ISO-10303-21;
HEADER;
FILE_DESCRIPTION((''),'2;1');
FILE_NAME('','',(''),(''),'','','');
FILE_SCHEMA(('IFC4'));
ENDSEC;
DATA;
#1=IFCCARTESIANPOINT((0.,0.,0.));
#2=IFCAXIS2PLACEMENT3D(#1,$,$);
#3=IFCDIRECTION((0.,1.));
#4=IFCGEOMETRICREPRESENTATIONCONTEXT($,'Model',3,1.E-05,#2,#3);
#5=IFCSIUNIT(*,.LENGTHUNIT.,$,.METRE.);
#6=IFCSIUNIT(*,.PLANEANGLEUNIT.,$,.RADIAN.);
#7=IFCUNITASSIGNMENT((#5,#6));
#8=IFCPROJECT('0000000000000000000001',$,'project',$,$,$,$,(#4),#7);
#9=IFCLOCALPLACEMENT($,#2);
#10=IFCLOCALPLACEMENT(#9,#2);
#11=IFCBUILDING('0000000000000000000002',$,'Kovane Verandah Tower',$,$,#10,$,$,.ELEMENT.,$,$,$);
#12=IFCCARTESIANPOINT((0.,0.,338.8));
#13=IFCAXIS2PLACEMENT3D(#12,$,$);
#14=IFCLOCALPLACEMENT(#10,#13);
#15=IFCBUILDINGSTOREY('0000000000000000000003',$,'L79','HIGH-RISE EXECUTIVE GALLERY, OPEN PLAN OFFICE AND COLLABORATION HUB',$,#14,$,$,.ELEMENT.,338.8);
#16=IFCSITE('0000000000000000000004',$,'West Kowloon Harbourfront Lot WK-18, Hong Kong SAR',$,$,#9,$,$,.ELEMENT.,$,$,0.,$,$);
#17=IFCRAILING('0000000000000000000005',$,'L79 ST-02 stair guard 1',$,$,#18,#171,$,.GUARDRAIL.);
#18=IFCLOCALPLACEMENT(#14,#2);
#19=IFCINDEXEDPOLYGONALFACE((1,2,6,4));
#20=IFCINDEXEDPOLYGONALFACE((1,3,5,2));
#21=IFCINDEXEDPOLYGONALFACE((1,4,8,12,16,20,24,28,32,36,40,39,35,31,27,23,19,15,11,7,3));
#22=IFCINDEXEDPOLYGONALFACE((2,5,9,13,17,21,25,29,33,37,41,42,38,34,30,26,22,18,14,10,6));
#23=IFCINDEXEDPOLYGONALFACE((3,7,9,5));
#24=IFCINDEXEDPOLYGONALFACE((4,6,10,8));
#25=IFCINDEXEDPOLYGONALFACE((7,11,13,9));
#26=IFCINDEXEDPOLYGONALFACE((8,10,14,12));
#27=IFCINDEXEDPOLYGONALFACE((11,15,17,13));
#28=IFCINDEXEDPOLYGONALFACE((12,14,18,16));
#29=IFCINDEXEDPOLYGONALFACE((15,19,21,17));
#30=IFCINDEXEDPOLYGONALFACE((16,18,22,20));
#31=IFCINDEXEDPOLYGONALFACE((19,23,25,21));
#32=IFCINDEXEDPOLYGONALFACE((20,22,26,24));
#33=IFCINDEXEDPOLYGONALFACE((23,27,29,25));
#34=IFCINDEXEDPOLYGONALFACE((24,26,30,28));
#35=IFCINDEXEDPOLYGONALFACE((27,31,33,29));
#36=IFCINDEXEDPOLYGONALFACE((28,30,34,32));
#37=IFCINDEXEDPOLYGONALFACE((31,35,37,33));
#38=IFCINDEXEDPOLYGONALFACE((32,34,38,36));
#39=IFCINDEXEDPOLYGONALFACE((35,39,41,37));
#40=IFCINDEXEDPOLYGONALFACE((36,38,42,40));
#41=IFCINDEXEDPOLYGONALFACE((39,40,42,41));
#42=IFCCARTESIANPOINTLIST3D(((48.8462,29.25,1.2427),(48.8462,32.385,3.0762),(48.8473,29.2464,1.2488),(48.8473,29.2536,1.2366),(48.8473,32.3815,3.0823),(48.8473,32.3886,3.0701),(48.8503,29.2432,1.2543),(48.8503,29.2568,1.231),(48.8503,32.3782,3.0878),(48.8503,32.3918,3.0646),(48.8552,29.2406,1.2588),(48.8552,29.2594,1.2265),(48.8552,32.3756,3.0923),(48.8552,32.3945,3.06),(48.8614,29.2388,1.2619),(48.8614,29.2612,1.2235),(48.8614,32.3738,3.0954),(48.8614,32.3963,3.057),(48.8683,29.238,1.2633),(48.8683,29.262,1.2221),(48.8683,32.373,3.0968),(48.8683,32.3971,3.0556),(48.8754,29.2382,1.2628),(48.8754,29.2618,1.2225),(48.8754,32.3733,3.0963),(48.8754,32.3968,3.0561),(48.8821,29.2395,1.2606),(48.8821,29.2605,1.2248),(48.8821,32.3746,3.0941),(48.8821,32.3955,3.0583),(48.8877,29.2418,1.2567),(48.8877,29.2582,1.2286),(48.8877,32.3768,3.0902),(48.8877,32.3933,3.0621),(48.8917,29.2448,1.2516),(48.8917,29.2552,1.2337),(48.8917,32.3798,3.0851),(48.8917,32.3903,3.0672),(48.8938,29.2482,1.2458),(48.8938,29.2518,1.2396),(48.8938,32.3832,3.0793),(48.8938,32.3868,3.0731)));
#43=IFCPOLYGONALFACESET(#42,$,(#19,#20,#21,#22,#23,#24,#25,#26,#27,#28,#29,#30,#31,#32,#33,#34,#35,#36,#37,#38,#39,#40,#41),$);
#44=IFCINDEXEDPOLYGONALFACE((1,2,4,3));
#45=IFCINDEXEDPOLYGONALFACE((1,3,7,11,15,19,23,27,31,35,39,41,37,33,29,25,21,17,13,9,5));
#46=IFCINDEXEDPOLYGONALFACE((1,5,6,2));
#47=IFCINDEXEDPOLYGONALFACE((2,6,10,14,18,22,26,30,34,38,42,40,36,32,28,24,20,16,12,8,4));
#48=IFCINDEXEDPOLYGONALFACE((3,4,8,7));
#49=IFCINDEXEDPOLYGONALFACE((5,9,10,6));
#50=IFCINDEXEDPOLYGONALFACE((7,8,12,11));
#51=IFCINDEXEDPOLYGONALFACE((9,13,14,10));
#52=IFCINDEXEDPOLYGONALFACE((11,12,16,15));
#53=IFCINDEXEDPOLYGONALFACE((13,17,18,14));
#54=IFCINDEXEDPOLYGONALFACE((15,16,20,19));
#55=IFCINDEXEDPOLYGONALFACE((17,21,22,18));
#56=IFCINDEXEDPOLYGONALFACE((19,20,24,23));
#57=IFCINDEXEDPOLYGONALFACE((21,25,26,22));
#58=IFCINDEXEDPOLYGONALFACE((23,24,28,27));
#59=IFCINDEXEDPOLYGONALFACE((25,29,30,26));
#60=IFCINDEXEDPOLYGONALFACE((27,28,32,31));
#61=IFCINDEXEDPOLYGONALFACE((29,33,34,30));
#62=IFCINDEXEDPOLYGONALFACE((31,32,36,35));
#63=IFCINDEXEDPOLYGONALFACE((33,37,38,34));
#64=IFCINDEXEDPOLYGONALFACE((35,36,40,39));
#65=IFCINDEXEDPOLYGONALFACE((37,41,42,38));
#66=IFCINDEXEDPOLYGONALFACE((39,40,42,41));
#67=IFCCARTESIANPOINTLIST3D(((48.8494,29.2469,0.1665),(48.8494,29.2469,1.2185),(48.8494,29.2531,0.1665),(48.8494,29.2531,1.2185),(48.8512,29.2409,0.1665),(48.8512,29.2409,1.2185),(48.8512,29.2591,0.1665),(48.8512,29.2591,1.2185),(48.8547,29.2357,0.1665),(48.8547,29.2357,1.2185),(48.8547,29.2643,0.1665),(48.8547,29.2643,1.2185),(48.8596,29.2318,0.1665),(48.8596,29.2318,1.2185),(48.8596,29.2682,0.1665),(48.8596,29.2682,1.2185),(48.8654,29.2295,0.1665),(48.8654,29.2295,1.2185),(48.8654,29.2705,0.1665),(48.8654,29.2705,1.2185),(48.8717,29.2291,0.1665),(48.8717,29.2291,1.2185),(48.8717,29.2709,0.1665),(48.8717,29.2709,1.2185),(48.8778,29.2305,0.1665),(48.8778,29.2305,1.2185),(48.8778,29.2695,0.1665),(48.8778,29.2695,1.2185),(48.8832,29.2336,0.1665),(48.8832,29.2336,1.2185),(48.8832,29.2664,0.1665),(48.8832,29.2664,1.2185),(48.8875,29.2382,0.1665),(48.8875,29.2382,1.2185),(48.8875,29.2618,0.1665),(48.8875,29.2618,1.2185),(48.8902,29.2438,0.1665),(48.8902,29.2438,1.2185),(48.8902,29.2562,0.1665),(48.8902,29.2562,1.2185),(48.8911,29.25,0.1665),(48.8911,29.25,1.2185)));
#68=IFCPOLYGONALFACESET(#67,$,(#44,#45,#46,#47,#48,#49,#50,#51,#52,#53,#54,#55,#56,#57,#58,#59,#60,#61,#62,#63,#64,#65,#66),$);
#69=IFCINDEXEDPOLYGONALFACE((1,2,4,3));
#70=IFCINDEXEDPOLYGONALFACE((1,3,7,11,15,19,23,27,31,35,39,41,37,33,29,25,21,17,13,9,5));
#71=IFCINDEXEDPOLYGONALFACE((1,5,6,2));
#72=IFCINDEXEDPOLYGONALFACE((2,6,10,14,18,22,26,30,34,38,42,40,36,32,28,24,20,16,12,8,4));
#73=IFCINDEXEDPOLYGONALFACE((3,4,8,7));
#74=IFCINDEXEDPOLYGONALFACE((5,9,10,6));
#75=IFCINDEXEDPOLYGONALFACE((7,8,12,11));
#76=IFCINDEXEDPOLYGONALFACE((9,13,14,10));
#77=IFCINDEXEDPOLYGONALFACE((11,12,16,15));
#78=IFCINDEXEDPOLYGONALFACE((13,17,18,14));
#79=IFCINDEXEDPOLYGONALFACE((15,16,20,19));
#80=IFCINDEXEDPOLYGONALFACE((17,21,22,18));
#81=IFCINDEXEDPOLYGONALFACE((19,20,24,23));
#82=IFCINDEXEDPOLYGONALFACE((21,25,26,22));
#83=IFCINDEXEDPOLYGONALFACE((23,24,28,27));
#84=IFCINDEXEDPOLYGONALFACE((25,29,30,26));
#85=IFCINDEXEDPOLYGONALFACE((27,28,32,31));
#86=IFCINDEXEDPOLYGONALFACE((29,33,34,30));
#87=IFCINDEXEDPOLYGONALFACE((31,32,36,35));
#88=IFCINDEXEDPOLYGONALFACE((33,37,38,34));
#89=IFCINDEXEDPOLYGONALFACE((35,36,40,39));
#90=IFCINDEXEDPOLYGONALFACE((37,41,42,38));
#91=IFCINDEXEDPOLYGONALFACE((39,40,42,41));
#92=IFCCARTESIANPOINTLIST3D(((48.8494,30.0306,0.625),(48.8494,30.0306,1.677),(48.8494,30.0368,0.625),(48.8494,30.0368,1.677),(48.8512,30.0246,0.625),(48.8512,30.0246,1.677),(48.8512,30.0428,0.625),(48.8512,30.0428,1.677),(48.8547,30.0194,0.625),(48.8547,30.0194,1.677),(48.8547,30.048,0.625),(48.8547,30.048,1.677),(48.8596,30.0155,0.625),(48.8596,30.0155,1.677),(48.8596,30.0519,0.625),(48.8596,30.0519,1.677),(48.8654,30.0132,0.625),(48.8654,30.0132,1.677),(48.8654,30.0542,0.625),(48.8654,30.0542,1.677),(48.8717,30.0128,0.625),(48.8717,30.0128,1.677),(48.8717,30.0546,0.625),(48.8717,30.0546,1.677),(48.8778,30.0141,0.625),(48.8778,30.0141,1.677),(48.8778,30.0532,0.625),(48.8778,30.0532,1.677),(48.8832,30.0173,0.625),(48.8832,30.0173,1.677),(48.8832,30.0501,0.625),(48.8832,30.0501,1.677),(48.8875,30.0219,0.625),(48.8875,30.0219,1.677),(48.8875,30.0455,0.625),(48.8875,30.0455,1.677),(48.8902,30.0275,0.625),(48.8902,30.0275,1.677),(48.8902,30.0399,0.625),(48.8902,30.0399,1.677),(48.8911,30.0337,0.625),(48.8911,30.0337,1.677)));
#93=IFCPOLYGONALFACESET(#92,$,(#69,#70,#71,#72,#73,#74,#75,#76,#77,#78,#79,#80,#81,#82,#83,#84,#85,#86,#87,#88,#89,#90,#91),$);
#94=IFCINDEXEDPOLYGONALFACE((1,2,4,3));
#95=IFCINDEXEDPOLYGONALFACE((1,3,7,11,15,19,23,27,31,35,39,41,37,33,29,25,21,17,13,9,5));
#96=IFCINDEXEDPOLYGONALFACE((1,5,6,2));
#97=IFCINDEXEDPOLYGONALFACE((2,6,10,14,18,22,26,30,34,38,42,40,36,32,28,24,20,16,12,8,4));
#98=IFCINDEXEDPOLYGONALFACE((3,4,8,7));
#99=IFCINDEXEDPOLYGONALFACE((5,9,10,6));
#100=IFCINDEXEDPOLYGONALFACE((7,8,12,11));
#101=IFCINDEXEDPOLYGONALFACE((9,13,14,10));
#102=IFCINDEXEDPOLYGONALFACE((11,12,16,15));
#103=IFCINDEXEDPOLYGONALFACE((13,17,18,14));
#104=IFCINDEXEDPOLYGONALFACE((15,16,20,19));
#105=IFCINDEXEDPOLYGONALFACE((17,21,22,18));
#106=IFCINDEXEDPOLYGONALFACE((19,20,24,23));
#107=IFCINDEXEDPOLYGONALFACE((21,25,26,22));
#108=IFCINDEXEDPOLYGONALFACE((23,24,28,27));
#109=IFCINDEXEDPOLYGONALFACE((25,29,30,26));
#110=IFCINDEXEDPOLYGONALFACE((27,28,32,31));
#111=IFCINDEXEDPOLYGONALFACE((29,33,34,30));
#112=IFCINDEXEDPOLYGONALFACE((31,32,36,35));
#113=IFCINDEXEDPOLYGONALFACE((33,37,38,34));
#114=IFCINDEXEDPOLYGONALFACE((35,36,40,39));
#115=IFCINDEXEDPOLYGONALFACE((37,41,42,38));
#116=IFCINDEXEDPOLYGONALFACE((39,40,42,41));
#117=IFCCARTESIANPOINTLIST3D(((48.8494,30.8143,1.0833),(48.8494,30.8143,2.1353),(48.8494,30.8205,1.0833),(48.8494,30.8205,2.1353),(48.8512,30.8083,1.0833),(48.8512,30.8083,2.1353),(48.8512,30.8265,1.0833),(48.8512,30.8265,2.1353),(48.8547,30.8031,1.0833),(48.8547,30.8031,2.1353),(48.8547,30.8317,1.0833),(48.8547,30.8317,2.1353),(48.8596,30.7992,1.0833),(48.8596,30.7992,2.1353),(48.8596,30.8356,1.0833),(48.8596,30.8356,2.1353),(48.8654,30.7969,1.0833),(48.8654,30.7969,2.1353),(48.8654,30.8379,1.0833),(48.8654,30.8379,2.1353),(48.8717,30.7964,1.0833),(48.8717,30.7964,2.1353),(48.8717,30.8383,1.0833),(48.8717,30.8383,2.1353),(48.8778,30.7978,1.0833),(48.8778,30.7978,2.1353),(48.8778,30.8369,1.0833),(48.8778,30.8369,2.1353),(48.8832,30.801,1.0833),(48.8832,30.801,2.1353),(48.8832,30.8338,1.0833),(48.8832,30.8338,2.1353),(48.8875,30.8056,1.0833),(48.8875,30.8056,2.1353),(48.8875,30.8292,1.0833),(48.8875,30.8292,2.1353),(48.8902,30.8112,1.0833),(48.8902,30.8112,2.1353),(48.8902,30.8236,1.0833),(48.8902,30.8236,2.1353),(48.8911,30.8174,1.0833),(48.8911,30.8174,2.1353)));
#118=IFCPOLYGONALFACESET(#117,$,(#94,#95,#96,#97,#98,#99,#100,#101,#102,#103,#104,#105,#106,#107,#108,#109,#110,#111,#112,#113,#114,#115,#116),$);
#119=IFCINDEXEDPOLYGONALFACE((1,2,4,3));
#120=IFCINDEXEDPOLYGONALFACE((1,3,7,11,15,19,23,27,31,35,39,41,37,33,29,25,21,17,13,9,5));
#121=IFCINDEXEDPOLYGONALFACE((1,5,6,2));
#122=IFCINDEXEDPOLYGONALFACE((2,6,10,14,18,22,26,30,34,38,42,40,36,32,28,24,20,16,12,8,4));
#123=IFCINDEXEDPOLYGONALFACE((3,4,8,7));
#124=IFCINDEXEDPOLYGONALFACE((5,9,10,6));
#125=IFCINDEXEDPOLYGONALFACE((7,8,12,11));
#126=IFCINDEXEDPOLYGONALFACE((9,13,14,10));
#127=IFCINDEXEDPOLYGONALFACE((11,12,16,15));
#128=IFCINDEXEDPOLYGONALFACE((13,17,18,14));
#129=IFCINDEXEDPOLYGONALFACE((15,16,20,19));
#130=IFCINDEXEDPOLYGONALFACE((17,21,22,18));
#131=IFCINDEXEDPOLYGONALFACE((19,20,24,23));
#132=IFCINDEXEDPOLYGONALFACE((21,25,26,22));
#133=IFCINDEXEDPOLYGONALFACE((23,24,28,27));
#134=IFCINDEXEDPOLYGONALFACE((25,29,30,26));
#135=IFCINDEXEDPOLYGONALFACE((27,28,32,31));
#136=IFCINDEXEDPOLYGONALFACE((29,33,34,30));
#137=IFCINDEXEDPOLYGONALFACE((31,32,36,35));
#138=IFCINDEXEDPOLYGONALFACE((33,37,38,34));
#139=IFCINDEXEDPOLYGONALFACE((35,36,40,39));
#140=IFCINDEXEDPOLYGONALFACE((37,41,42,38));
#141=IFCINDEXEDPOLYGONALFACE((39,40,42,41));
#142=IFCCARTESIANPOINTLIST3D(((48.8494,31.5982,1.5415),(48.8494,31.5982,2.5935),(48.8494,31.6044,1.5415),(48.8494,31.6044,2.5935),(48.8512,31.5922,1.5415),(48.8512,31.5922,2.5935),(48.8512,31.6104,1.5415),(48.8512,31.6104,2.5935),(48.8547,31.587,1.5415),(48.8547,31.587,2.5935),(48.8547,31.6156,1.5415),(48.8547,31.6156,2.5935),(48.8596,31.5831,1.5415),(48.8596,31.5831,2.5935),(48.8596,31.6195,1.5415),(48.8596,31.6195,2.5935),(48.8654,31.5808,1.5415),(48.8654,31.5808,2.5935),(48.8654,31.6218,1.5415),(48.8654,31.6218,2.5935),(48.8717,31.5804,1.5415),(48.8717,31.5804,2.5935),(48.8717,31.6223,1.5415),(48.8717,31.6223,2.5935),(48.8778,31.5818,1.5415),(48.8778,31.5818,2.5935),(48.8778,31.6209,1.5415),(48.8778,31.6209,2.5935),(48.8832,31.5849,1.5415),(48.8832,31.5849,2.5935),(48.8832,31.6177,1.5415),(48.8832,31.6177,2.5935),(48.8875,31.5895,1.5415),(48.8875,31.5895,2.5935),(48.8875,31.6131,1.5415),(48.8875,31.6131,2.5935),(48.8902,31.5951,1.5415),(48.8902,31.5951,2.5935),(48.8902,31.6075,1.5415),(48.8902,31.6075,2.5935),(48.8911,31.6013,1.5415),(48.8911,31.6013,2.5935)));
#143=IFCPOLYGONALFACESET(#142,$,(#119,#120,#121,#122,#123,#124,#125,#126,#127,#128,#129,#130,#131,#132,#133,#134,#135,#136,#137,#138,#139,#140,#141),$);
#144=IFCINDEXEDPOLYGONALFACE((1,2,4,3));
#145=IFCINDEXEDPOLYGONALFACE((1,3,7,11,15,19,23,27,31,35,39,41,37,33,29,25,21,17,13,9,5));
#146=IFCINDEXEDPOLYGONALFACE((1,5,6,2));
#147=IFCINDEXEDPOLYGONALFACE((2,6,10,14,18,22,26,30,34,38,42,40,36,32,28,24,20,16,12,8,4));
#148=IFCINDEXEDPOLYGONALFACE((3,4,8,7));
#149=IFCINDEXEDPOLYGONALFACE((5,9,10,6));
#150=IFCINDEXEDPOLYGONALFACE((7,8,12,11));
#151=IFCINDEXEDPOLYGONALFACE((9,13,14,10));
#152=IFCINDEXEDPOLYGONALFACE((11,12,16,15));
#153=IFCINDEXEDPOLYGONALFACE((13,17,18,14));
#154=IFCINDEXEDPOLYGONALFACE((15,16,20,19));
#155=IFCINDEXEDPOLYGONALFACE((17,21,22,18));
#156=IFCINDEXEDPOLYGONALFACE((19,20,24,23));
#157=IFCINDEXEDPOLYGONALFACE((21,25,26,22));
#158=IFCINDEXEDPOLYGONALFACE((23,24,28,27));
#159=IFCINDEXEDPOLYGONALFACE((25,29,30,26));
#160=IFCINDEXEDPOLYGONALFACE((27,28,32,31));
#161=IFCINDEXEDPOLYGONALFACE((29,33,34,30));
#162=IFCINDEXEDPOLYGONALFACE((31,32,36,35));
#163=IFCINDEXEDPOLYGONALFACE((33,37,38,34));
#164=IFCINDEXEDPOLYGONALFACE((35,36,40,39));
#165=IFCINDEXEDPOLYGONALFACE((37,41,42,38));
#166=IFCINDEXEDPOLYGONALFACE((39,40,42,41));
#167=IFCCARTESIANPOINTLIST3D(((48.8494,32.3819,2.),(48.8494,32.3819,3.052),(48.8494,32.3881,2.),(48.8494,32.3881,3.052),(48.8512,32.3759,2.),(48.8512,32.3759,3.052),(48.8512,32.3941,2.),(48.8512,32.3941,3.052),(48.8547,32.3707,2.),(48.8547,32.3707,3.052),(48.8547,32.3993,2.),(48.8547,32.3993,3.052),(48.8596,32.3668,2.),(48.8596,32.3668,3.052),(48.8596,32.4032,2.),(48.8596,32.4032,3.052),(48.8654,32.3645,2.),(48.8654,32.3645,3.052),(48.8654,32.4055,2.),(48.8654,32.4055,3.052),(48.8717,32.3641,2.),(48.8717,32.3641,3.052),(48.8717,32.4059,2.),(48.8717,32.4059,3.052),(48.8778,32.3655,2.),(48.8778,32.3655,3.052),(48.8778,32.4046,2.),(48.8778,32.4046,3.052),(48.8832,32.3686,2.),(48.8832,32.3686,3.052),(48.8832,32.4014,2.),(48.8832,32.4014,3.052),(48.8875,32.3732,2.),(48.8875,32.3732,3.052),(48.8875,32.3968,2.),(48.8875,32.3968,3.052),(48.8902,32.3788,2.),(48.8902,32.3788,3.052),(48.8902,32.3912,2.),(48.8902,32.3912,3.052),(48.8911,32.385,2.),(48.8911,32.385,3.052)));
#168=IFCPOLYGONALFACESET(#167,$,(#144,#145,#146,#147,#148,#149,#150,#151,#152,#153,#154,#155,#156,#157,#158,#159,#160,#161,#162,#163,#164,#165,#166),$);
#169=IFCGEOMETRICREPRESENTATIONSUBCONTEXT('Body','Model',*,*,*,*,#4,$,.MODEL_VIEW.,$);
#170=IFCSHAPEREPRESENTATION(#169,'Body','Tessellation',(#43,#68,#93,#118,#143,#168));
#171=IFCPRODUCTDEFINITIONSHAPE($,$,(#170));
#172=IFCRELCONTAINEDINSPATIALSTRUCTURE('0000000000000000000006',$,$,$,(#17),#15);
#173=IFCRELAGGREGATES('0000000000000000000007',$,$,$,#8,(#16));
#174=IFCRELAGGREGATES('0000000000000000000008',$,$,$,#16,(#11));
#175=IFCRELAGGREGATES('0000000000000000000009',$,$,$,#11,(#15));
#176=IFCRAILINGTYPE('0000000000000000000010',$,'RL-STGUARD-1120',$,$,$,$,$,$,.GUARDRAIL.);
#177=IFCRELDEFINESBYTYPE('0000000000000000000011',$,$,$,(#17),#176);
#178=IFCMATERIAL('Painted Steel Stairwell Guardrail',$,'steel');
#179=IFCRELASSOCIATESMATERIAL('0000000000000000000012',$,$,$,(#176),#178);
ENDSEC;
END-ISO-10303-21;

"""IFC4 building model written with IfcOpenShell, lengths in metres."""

from ifc_helpers import new_model, si_unit, direction, frame, origin, origin_2d, place, context, subcontext, project, spatial, circle, extrude, material, type_object, element, save


model = new_model("IFC4")

# Units and contexts
model_context = context("Model", 3, precision=1e-05, world=origin(), true_north=direction((0.0, 1.0)))
body_context = subcontext(model_context, "Body", "Model", "MODEL_VIEW")
ifc_project = project(units=[si_unit("LENGTHUNIT", "METRE"), si_unit("PLANEANGLEUNIT", "RADIAN")], contexts=[model_context])

# Site, building, storey
site_placement = place(None, origin())
site = spatial("IfcSite", under=ifc_project, at=site_placement, Name="West Kowloon Harbourfront Lot WK-18, Hong Kong SAR", CompositionType="ELEMENT", RefElevation=0.0)
building_placement = place(site_placement, origin())
building = spatial("IfcBuilding", under=site, at=building_placement, Name="Kovane Verandah Tower", CompositionType="ELEMENT")
storey_placement = place(building_placement, frame((0.0, 0.0, 338.8)))
storey = spatial("IfcBuildingStorey", under=building, at=storey_placement, Name="L79", Description="HIGH-RISE EXECUTIVE GALLERY, OPEN PLAN OFFICE AND COLLABORATION HUB", CompositionType="ELEMENT", Elevation=338.8)

# Railing
ifc_material_1 = material(Name="Painted Steel Stairwell Guardrail", Category="steel")
railing_type_1 = type_object("IfcRailingType", Name="RL-STGUARD-1120", PredefinedType="GUARDRAIL", material=ifc_material_1)
railing_1_placement = place(storey_placement, frame((48.8701, 29.25, 0.1665)))
element("IfcRailing", 1, at=railing_1_placement, inside=storey, type_object=railing_type_1, Name="L79 ST-02 stair guard 1", PredefinedType="GUARDRAIL", context=body_context, shape_type="SweptSolid", body=[
    extrude(circle(Radius=0.0239, at=origin_2d()), frame((0.0, 0.0, 1.0762), z_axis=(0.0, 0.86321, 0.504845), x_axis=(-1.0, 0.0, 0.0)), (0.0, 0.0, 1.0), 3.6318),
    extrude(circle(Radius=0.021, at=origin_2d()), origin(), (0.0, 0.0, 1.0), 1.052),
    extrude(circle(Radius=0.021, at=origin_2d()), frame((0.0, 0.7837, 0.4585)), (0.0, 0.0, 1.0), 1.052),
    extrude(circle(Radius=0.021, at=origin_2d()), frame((0.0, 1.5674, 0.9167)), (0.0, 0.0, 1.0), 1.052),
    extrude(circle(Radius=0.021, at=origin_2d()), frame((0.0, 2.3513, 1.375)), (0.0, 0.0, 1.0), 1.052),
    extrude(circle(Radius=0.021, at=origin_2d()), frame((0.0, 3.135, 1.8335)), (0.0, 0.0, 1.0), 1.052),
])

save(model, "model.ifc")
